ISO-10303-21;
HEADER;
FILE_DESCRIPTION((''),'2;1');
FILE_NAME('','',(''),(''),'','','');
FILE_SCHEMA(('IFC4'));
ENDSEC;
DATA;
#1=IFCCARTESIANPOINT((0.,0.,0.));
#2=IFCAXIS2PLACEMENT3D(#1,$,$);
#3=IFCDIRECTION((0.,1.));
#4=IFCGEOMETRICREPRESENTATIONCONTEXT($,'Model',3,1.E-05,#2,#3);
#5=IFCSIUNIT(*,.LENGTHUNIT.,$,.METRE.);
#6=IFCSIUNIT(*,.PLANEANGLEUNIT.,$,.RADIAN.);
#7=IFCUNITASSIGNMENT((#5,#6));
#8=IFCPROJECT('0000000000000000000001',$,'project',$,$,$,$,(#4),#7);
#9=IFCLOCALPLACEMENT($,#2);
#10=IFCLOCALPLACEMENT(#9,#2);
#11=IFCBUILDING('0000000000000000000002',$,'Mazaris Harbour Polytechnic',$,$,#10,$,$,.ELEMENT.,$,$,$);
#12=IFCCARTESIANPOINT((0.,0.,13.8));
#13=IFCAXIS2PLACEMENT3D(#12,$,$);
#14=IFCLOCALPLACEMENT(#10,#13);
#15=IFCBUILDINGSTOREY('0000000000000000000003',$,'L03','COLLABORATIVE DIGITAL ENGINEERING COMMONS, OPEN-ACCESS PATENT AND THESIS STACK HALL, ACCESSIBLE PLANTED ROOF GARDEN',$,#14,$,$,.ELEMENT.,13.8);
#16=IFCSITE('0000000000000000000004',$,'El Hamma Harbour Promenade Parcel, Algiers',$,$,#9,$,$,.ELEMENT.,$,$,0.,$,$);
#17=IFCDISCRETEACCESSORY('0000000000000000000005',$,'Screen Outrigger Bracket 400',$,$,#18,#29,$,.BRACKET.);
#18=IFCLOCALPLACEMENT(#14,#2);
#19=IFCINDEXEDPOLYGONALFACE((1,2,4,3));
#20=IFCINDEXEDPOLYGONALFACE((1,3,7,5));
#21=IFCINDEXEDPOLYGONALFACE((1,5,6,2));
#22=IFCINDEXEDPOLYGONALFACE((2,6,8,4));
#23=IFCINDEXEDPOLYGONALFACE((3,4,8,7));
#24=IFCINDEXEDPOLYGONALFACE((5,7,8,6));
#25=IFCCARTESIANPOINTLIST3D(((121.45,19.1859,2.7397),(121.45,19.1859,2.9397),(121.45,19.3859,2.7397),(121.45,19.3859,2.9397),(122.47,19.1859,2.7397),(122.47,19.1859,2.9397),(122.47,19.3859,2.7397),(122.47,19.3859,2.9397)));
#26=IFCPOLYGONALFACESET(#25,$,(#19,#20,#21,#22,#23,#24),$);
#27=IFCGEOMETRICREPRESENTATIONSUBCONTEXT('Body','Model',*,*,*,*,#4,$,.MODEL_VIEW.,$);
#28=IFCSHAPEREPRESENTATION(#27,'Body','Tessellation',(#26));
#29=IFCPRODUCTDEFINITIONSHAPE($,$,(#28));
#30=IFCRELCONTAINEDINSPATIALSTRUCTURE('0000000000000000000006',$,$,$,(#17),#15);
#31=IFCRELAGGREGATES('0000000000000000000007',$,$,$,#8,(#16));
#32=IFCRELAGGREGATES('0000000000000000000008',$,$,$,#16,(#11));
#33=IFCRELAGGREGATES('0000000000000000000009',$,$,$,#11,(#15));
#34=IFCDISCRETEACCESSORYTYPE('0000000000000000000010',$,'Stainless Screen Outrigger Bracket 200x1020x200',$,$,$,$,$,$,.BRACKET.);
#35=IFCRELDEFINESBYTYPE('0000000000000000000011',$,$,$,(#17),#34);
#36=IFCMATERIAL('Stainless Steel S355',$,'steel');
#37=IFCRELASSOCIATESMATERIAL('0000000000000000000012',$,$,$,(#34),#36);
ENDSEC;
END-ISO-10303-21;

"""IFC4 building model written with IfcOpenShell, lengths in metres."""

from ifc_helpers import new_model, si_unit, direction, frame, origin, origin_2d, place, context, subcontext, project, spatial, rectangle, extrude, material, type_object, element, save


model = new_model("IFC4")

# Units and contexts
model_context = context("Model", 3, precision=1e-05, world=origin(), true_north=direction((0.0, 1.0)))
body_context = subcontext(model_context, "Body", "Model", "MODEL_VIEW")
ifc_project = project(units=[si_unit("LENGTHUNIT", "METRE"), si_unit("PLANEANGLEUNIT", "RADIAN")], contexts=[model_context])

# Site, building, storey
site_placement = place(None, origin())
site = spatial("IfcSite", under=ifc_project, at=site_placement, Name="El Hamma Harbour Promenade Parcel, Algiers", CompositionType="ELEMENT", RefElevation=0.0)
building_placement = place(site_placement, origin())
building = spatial("IfcBuilding", under=site, at=building_placement, Name="Mazaris Harbour Polytechnic", CompositionType="ELEMENT")
storey_placement = place(building_placement, frame((0.0, 0.0, 13.8)))
storey = spatial("IfcBuildingStorey", under=building, at=storey_placement, Name="L03", Description="COLLABORATIVE DIGITAL ENGINEERING COMMONS, OPEN-ACCESS PATENT AND THESIS STACK HALL, ACCESSIBLE PLANTED ROOF GARDEN", CompositionType="ELEMENT", Elevation=13.8)

# Discrete accessory
ifc_material_1 = material(Name="Stainless Steel S355", Category="steel")
discrete_accessory_type = type_object("IfcDiscreteAccessoryType", Name="Stainless Screen Outrigger Bracket 200x1020x200", PredefinedType="BRACKET", material=ifc_material_1)
for number, where, z_axis, x_axis, name in (
    (1, (121.96, 19.2859, 2.7397), (0.0, 0.0, 1.0), (0.0, 1.0, 0.0), "Screen Outrigger Bracket 400"),
):
    element("IfcDiscreteAccessory", number, at=place(storey_placement, frame(where, z_axis=z_axis, x_axis=x_axis)), inside=storey, type_object=discrete_accessory_type, Name=name, PredefinedType="BRACKET", context=body_context, shape_type="SweptSolid", body=[
        extrude(rectangle(XDim=0.2, YDim=1.02, at=origin_2d()), origin(), (0.0, 0.0, 1.0), 0.2),
    ])

save(model, "model.ifc")
